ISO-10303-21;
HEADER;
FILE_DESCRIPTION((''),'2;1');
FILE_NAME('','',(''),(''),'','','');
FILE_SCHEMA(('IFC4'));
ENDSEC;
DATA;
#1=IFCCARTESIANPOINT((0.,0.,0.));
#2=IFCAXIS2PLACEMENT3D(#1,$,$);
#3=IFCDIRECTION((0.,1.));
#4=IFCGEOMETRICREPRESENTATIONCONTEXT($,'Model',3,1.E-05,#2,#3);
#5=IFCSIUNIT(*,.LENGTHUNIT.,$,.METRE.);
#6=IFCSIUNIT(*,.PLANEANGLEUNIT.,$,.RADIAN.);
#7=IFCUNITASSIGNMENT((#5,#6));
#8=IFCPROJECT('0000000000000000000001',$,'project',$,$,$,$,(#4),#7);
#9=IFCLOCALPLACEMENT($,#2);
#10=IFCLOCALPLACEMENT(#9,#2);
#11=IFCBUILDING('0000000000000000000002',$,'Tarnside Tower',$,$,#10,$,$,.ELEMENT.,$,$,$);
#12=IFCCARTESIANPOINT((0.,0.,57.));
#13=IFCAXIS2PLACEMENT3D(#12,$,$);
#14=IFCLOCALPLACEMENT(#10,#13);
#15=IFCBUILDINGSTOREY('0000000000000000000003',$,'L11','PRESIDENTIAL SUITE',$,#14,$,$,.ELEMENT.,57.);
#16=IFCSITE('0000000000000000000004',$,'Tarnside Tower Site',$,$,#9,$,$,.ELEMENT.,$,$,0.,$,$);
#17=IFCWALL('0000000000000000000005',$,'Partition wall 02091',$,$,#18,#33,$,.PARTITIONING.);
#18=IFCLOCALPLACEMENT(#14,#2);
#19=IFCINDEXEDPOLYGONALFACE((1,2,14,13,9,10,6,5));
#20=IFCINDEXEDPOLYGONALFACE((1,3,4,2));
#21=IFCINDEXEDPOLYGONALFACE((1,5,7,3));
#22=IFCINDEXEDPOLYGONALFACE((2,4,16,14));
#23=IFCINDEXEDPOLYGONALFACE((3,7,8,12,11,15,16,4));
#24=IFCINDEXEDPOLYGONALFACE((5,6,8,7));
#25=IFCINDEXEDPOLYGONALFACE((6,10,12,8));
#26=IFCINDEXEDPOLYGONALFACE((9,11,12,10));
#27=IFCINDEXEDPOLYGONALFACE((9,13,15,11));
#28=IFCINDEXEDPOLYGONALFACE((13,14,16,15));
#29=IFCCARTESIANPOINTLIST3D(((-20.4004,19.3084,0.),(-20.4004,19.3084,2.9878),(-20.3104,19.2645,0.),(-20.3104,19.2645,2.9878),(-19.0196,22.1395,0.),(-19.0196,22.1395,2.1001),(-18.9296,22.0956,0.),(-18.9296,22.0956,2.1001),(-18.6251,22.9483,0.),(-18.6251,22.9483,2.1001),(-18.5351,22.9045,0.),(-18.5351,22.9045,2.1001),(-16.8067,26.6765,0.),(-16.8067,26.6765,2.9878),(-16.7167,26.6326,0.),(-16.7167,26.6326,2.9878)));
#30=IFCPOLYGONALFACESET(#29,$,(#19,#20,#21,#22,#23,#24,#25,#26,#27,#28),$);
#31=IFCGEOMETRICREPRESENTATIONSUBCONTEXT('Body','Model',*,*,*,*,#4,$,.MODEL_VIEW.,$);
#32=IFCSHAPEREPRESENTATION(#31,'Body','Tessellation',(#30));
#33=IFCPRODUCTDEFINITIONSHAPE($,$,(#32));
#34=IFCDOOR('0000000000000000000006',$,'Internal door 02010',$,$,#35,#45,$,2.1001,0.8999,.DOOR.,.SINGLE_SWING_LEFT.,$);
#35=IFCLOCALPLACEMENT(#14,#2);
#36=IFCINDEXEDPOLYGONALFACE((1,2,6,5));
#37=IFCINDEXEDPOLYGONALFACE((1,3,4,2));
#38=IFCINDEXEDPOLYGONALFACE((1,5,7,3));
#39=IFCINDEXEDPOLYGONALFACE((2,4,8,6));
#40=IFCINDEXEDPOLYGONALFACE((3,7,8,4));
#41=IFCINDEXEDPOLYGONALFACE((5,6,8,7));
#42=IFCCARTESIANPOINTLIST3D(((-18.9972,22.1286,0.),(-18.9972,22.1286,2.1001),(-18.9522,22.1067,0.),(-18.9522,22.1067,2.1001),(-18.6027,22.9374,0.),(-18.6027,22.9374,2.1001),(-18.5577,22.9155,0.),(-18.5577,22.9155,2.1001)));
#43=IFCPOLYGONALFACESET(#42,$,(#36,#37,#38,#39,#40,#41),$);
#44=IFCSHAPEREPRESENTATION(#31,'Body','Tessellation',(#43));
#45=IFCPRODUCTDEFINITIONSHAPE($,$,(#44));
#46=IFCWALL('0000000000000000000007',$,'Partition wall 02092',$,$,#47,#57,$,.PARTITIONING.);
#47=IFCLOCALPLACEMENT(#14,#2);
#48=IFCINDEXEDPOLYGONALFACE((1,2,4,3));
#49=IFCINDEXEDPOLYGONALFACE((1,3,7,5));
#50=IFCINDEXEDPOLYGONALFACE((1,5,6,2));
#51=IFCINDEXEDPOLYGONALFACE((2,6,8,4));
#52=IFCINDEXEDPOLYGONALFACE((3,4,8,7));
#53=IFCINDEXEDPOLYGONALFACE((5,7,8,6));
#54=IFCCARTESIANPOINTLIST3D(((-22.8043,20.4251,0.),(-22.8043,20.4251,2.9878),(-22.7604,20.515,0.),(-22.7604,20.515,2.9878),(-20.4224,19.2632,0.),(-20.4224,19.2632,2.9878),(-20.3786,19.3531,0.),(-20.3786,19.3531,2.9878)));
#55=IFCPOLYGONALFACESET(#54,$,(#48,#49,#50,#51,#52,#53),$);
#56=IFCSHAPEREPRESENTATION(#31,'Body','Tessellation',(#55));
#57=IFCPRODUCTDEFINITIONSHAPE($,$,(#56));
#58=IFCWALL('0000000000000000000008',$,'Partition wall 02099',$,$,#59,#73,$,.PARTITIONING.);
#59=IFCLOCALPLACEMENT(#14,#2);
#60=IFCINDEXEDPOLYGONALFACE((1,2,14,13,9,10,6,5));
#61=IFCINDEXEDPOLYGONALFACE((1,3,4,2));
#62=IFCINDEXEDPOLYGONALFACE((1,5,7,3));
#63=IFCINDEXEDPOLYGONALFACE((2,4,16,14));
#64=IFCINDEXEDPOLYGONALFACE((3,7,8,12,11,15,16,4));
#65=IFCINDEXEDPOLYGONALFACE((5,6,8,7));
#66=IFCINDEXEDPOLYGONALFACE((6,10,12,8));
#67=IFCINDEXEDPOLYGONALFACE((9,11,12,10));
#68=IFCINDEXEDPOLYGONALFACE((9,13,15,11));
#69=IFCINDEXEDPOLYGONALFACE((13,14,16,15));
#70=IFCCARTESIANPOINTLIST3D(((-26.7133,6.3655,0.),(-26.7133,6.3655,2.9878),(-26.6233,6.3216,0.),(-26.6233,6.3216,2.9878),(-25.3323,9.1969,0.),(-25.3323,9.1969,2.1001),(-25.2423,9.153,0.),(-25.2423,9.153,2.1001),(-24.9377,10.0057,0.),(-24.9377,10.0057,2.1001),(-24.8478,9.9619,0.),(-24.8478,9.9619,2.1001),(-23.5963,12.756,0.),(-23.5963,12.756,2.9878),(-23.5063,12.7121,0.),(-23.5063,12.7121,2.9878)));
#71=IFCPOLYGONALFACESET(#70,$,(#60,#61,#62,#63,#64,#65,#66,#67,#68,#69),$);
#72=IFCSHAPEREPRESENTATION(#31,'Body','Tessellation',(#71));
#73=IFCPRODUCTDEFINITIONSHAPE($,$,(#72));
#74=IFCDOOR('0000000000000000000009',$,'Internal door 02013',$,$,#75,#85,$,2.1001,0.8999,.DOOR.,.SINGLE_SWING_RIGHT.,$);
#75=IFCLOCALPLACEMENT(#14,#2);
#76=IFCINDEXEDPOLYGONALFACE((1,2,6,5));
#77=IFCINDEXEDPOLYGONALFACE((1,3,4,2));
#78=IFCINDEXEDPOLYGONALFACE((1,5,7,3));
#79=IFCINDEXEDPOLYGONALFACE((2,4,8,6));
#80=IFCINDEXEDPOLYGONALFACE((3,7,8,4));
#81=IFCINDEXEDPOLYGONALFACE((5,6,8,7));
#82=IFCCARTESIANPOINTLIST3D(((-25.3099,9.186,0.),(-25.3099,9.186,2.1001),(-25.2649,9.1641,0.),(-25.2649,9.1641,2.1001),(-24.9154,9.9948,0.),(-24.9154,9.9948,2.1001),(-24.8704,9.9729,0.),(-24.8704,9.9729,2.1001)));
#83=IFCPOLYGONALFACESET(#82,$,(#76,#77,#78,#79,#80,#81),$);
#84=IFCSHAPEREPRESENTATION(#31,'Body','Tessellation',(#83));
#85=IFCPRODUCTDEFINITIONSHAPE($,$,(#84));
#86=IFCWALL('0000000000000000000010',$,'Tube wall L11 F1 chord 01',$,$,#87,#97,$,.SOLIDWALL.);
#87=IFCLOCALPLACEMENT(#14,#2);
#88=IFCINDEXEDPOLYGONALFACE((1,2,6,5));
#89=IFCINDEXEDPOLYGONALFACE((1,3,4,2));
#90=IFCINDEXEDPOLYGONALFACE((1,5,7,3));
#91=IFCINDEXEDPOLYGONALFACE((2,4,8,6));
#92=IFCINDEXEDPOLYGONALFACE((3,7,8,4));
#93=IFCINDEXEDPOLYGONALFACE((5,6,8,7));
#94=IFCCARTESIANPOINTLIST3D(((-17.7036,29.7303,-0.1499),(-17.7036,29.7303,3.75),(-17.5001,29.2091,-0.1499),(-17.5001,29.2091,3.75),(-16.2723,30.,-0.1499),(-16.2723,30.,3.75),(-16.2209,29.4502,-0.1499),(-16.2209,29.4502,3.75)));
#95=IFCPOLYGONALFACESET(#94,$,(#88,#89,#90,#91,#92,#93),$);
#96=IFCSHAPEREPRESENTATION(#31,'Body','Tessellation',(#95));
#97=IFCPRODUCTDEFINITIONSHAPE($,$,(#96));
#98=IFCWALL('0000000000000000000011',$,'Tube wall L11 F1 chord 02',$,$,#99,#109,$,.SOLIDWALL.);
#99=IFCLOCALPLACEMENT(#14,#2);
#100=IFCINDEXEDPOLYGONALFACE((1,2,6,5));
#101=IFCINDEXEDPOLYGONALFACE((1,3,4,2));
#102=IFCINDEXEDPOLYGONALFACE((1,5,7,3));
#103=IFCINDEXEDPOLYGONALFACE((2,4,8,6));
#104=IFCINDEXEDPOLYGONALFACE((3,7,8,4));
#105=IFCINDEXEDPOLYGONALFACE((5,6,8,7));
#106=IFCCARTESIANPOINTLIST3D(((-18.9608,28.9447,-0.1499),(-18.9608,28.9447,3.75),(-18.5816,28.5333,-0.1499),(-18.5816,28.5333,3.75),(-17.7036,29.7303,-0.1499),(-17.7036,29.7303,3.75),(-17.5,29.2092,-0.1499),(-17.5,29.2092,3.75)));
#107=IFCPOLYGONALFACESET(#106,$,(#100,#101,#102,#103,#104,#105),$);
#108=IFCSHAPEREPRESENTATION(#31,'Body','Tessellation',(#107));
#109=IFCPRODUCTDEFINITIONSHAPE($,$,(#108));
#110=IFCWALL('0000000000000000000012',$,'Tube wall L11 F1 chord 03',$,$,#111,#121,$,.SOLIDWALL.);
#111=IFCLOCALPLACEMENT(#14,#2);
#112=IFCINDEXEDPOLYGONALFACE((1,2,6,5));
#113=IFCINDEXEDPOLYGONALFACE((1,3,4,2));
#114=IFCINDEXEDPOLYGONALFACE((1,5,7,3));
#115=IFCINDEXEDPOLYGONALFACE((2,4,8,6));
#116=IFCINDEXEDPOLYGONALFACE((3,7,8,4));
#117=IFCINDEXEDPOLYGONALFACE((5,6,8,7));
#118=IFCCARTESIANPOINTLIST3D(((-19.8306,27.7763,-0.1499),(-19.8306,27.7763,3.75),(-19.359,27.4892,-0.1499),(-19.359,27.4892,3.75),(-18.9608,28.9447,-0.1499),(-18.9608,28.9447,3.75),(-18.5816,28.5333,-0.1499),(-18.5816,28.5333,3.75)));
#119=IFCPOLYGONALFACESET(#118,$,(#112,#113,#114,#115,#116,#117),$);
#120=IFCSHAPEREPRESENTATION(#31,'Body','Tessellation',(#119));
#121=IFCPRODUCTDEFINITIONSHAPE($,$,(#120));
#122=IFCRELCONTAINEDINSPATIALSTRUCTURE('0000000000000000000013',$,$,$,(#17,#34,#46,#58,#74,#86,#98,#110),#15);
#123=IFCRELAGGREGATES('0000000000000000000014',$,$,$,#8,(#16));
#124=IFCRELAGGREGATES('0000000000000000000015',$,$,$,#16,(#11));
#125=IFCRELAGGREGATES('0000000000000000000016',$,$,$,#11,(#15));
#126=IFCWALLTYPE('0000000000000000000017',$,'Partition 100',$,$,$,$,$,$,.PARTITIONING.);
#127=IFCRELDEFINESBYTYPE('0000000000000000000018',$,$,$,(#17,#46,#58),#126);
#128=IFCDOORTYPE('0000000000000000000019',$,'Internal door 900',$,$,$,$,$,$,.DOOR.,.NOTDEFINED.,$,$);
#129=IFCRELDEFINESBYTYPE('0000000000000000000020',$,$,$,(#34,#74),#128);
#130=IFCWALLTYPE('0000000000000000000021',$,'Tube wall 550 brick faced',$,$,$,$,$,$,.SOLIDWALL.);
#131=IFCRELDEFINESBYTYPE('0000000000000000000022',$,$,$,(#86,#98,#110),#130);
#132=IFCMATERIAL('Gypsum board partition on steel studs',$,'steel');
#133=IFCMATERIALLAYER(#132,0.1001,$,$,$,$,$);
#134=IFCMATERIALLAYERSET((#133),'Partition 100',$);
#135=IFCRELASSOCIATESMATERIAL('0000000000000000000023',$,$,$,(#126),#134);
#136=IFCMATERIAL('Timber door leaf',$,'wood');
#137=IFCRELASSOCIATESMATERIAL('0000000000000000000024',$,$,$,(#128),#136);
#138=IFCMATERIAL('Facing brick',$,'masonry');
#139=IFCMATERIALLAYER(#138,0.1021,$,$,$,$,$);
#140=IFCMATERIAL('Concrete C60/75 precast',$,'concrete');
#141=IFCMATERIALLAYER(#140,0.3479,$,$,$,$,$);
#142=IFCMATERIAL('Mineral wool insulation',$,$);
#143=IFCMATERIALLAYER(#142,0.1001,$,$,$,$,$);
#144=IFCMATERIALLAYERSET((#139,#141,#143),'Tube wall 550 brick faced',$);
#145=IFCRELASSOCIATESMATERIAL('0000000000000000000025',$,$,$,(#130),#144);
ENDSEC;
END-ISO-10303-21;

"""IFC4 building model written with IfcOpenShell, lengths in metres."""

from ifc_helpers import new_model, si_unit, direction, frame, frame_2d, origin, place, context, subcontext, project, spatial, polyline, rectangle, outline, extrude, material, layer, layer_set, type_object, element, fill, save


model = new_model("IFC4")

# Units and contexts
model_context = context("Model", 3, precision=1e-05, world=origin(), true_north=direction((0.0, 1.0)))
body_context = subcontext(model_context, "Body", "Model", "MODEL_VIEW")
ifc_project = project(units=[si_unit("LENGTHUNIT", "METRE"), si_unit("PLANEANGLEUNIT", "RADIAN")], contexts=[model_context])

# Site, building, storey
site_placement = place(None, origin())
site = spatial("IfcSite", under=ifc_project, at=site_placement, Name="Tarnside Tower Site", CompositionType="ELEMENT", RefElevation=0.0)
building_placement = place(site_placement, origin())
building = spatial("IfcBuilding", under=site, at=building_placement, Name="Tarnside Tower", CompositionType="ELEMENT")
storey_placement = place(building_placement, frame((0.0, 0.0, 57.0)))
storey = spatial("IfcBuildingStorey", under=building, at=storey_placement, Name="L11", Description="PRESIDENTIAL SUITE", CompositionType="ELEMENT", Elevation=57.0)

# Shared definitions
ifc_material_1 = material(Name="Gypsum board partition on steel studs", Category="steel")

# Shared definitions
ifc_material_2 = material(Name="Timber door leaf", Category="wood")

# Wall, opening, door
ifc_layer_1 = layer(ifc_material_1, 0.1001)
ifc_layer_set_1 = layer_set([ifc_layer_1], Name="Partition 100")
wall_type_1 = type_object("IfcWallType", Name="Partition 100", PredefinedType="PARTITIONING", material=ifc_layer_set_1)
wall_1_placement = place(storey_placement, frame((-16.7617, 26.6545, 0.0), z_axis=(0.0, 0.0, 1.0), x_axis=(-0.438377, -0.898791, 0.0)))
wall_1 = element("IfcWall", 1, at=wall_1_placement, inside=storey, type_object=wall_type_1, Name="Partition wall 02091", PredefinedType="PARTITIONING", context=body_context, shape_type="SweptSolid", body=[
    extrude(rectangle(XDim=8.1978, YDim=0.1001, at=frame_2d((4.0989, 0.0))), origin(), (0.0, 0.0, 1.0), 2.9878),
])
opening_1_placement = place(wall_1_placement, frame((4.1479, 0.0, 0.0)))
opening_1 = element("IfcOpeningElement", 2, at=opening_1_placement, cuts=wall_1, PredefinedType="OPENING", context=body_context, shape_type="SweptSolid", body=[
    extrude(rectangle(XDim=0.8999, YDim=2.1001, at=frame_2d((0.45, 1.05))), frame((0.0, 0.0601, 0.0), z_axis=(0.0, -1.0, 0.0), x_axis=(1.0, 0.0, 0.0)), (0.0, 0.0, 1.0), 0.1201),
])
door_type_1 = type_object("IfcDoorType", Name="Internal door 900", OperationType="NOTDEFINED", PredefinedType="DOOR", material=ifc_material_2)
door_1_placement = place(opening_1_placement, origin())
door_1 = element("IfcDoor", 3, at=door_1_placement, inside=storey, type_object=door_type_1, Name="Internal door 02010", OperationType="SINGLE_SWING_LEFT", OverallHeight=2.1001, OverallWidth=0.8999, PredefinedType="DOOR", context=body_context, shape_type="SweptSolid", body=[
    extrude(rectangle(XDim=0.8999, YDim=2.1001, at=frame_2d((0.45, 1.05))), frame((0.0, 0.0249, 0.0), z_axis=(0.0, -1.0, 0.0), x_axis=(1.0, 0.0, 0.0)), (0.0, 0.0, 1.0), 0.05),
])
fill(opening_1, door_1)

# Wall
wall_2_placement = place(storey_placement, frame((-20.4004, 19.3081, 0.0), z_axis=(0.0, 0.0, 1.0), x_axis=(-0.898769, 0.438422, 0.0)))
element("IfcWall", 4, at=wall_2_placement, inside=storey, type_object=wall_type_1, Name="Partition wall 02092", PredefinedType="PARTITIONING", context=body_context, shape_type="SweptSolid", body=[
    extrude(rectangle(XDim=2.6501, YDim=0.1001, at=frame_2d((1.3252, 0.0))), origin(), (0.0, 0.0, 1.0), 2.9878),
])

# Wall, opening, door
wall_3_placement = place(storey_placement, frame((-23.5513, 12.7341, 0.0), z_axis=(0.0, 0.0, 1.0), x_axis=(-0.438388, -0.898786, 0.0)))
wall_3 = element("IfcWall", 5, at=wall_3_placement, inside=storey, type_object=wall_type_1, Name="Partition wall 02099", PredefinedType="PARTITIONING", context=body_context, shape_type="SweptSolid", body=[
    extrude(rectangle(XDim=7.1101, YDim=0.1001, at=frame_2d((3.5552, 0.0))), origin(), (0.0, 0.0, 1.0), 2.9878),
])
opening_2_placement = place(wall_3_placement, frame((3.0601, 0.0, 0.0)))
opening_2 = element("IfcOpeningElement", 6, at=opening_2_placement, cuts=wall_3, PredefinedType="OPENING", context=body_context, shape_type="SweptSolid", body=[
    extrude(rectangle(XDim=0.8999, YDim=2.1001, at=frame_2d((0.45, 1.05))), frame((0.0, 0.0601, 0.0), z_axis=(0.0, -1.0, 0.0), x_axis=(1.0, 0.0, 0.0)), (0.0, 0.0, 1.0), 0.1201),
])
door_2_placement = place(opening_2_placement, origin())
door_2 = element("IfcDoor", 7, at=door_2_placement, inside=storey, type_object=door_type_1, Name="Internal door 02013", OperationType="SINGLE_SWING_RIGHT", OverallHeight=2.1001, OverallWidth=0.8999, PredefinedType="DOOR", context=body_context, shape_type="SweptSolid", body=[
    extrude(rectangle(XDim=0.8999, YDim=2.1001, at=frame_2d((0.45, 1.05))), frame((0.0, 0.0249, 0.0), z_axis=(0.0, -1.0, 0.0), x_axis=(1.0, 0.0, 0.0)), (0.0, 0.0, 1.0), 0.05),
])
fill(opening_2, door_2)

# Walls
ifc_material_3 = material(Name="Facing brick", Category="masonry")
ifc_layer_2 = layer(ifc_material_3, 0.1021)
ifc_material_4 = material(Name="Concrete C60/75 precast", Category="concrete")
ifc_layer_3 = layer(ifc_material_4, 0.3479)
ifc_material_5 = material(Name="Mineral wool insulation")
ifc_layer_4 = layer(ifc_material_5, 0.1001)
ifc_layer_set_2 = layer_set([ifc_layer_2, ifc_layer_3, ifc_layer_4], Name="Tube wall 550 brick faced")
wall_type_2 = type_object("IfcWallType", Name="Tube wall 550 brick faced", PredefinedType="SOLIDWALL", material=ifc_layer_set_2)
wall_4_placement = place(storey_placement, frame((-16.2466, 29.7251, -0.1499), z_axis=(0.0, 0.0, 1.0), x_axis=(-0.982705, -0.185176, 0.0)))
element("IfcWall", 8, at=wall_4_placement, inside=storey, type_object=wall_type_2, Name="Tube wall L11 F1 chord 01", PredefinedType="SOLIDWALL", context=body_context, shape_type="SweptSolid", body=[
    extrude(outline(polyline([(-0.0256, -0.2749), (1.4309, -0.2749), (1.3274, 0.2749), (0.0256, 0.2749), (-0.0256, -0.2749)])), origin(), (0.0, 0.0, 1.0), 3.8999),
])
wall_5_placement = place(storey_placement, frame((-17.6018, 29.4697, -0.1499), z_axis=(0.0, 0.0, 1.0), x_axis=(-0.848058, -0.529903, 0.0)))
element("IfcWall", 9, at=wall_5_placement, inside=storey, type_object=wall_type_2, Name="Tube wall L11 F1 chord 02", PredefinedType="SOLIDWALL", context=body_context, shape_type="SweptSolid", body=[
    extrude(outline(polyline([(-0.0518, -0.2749), (1.4307, -0.2749), (1.3271, 0.2749), (0.0518, 0.2749), (-0.0518, -0.2749)])), origin(), (0.0, 0.0, 1.0), 3.8999),
])
wall_6_placement = place(storey_placement, frame((-18.7712, 28.739, -0.1499), z_axis=(0.0, 0.0, 1.0), x_axis=(-0.597135, -0.802141, 0.0)))
element("IfcWall", 10, at=wall_6_placement, inside=storey, type_object=wall_type_2, Name="Tube wall L11 F1 chord 03", PredefinedType="SOLIDWALL", context=body_context, shape_type="SweptSolid", body=[
    extrude(outline(polyline([(-0.0518, -0.2749), (1.4048, -0.2749), (1.3535, 0.2749), (0.0518, 0.2749), (-0.0518, -0.2749)])), origin(), (0.0, 0.0, 1.0), 3.8999),
])

save(model, "model.ifc")
